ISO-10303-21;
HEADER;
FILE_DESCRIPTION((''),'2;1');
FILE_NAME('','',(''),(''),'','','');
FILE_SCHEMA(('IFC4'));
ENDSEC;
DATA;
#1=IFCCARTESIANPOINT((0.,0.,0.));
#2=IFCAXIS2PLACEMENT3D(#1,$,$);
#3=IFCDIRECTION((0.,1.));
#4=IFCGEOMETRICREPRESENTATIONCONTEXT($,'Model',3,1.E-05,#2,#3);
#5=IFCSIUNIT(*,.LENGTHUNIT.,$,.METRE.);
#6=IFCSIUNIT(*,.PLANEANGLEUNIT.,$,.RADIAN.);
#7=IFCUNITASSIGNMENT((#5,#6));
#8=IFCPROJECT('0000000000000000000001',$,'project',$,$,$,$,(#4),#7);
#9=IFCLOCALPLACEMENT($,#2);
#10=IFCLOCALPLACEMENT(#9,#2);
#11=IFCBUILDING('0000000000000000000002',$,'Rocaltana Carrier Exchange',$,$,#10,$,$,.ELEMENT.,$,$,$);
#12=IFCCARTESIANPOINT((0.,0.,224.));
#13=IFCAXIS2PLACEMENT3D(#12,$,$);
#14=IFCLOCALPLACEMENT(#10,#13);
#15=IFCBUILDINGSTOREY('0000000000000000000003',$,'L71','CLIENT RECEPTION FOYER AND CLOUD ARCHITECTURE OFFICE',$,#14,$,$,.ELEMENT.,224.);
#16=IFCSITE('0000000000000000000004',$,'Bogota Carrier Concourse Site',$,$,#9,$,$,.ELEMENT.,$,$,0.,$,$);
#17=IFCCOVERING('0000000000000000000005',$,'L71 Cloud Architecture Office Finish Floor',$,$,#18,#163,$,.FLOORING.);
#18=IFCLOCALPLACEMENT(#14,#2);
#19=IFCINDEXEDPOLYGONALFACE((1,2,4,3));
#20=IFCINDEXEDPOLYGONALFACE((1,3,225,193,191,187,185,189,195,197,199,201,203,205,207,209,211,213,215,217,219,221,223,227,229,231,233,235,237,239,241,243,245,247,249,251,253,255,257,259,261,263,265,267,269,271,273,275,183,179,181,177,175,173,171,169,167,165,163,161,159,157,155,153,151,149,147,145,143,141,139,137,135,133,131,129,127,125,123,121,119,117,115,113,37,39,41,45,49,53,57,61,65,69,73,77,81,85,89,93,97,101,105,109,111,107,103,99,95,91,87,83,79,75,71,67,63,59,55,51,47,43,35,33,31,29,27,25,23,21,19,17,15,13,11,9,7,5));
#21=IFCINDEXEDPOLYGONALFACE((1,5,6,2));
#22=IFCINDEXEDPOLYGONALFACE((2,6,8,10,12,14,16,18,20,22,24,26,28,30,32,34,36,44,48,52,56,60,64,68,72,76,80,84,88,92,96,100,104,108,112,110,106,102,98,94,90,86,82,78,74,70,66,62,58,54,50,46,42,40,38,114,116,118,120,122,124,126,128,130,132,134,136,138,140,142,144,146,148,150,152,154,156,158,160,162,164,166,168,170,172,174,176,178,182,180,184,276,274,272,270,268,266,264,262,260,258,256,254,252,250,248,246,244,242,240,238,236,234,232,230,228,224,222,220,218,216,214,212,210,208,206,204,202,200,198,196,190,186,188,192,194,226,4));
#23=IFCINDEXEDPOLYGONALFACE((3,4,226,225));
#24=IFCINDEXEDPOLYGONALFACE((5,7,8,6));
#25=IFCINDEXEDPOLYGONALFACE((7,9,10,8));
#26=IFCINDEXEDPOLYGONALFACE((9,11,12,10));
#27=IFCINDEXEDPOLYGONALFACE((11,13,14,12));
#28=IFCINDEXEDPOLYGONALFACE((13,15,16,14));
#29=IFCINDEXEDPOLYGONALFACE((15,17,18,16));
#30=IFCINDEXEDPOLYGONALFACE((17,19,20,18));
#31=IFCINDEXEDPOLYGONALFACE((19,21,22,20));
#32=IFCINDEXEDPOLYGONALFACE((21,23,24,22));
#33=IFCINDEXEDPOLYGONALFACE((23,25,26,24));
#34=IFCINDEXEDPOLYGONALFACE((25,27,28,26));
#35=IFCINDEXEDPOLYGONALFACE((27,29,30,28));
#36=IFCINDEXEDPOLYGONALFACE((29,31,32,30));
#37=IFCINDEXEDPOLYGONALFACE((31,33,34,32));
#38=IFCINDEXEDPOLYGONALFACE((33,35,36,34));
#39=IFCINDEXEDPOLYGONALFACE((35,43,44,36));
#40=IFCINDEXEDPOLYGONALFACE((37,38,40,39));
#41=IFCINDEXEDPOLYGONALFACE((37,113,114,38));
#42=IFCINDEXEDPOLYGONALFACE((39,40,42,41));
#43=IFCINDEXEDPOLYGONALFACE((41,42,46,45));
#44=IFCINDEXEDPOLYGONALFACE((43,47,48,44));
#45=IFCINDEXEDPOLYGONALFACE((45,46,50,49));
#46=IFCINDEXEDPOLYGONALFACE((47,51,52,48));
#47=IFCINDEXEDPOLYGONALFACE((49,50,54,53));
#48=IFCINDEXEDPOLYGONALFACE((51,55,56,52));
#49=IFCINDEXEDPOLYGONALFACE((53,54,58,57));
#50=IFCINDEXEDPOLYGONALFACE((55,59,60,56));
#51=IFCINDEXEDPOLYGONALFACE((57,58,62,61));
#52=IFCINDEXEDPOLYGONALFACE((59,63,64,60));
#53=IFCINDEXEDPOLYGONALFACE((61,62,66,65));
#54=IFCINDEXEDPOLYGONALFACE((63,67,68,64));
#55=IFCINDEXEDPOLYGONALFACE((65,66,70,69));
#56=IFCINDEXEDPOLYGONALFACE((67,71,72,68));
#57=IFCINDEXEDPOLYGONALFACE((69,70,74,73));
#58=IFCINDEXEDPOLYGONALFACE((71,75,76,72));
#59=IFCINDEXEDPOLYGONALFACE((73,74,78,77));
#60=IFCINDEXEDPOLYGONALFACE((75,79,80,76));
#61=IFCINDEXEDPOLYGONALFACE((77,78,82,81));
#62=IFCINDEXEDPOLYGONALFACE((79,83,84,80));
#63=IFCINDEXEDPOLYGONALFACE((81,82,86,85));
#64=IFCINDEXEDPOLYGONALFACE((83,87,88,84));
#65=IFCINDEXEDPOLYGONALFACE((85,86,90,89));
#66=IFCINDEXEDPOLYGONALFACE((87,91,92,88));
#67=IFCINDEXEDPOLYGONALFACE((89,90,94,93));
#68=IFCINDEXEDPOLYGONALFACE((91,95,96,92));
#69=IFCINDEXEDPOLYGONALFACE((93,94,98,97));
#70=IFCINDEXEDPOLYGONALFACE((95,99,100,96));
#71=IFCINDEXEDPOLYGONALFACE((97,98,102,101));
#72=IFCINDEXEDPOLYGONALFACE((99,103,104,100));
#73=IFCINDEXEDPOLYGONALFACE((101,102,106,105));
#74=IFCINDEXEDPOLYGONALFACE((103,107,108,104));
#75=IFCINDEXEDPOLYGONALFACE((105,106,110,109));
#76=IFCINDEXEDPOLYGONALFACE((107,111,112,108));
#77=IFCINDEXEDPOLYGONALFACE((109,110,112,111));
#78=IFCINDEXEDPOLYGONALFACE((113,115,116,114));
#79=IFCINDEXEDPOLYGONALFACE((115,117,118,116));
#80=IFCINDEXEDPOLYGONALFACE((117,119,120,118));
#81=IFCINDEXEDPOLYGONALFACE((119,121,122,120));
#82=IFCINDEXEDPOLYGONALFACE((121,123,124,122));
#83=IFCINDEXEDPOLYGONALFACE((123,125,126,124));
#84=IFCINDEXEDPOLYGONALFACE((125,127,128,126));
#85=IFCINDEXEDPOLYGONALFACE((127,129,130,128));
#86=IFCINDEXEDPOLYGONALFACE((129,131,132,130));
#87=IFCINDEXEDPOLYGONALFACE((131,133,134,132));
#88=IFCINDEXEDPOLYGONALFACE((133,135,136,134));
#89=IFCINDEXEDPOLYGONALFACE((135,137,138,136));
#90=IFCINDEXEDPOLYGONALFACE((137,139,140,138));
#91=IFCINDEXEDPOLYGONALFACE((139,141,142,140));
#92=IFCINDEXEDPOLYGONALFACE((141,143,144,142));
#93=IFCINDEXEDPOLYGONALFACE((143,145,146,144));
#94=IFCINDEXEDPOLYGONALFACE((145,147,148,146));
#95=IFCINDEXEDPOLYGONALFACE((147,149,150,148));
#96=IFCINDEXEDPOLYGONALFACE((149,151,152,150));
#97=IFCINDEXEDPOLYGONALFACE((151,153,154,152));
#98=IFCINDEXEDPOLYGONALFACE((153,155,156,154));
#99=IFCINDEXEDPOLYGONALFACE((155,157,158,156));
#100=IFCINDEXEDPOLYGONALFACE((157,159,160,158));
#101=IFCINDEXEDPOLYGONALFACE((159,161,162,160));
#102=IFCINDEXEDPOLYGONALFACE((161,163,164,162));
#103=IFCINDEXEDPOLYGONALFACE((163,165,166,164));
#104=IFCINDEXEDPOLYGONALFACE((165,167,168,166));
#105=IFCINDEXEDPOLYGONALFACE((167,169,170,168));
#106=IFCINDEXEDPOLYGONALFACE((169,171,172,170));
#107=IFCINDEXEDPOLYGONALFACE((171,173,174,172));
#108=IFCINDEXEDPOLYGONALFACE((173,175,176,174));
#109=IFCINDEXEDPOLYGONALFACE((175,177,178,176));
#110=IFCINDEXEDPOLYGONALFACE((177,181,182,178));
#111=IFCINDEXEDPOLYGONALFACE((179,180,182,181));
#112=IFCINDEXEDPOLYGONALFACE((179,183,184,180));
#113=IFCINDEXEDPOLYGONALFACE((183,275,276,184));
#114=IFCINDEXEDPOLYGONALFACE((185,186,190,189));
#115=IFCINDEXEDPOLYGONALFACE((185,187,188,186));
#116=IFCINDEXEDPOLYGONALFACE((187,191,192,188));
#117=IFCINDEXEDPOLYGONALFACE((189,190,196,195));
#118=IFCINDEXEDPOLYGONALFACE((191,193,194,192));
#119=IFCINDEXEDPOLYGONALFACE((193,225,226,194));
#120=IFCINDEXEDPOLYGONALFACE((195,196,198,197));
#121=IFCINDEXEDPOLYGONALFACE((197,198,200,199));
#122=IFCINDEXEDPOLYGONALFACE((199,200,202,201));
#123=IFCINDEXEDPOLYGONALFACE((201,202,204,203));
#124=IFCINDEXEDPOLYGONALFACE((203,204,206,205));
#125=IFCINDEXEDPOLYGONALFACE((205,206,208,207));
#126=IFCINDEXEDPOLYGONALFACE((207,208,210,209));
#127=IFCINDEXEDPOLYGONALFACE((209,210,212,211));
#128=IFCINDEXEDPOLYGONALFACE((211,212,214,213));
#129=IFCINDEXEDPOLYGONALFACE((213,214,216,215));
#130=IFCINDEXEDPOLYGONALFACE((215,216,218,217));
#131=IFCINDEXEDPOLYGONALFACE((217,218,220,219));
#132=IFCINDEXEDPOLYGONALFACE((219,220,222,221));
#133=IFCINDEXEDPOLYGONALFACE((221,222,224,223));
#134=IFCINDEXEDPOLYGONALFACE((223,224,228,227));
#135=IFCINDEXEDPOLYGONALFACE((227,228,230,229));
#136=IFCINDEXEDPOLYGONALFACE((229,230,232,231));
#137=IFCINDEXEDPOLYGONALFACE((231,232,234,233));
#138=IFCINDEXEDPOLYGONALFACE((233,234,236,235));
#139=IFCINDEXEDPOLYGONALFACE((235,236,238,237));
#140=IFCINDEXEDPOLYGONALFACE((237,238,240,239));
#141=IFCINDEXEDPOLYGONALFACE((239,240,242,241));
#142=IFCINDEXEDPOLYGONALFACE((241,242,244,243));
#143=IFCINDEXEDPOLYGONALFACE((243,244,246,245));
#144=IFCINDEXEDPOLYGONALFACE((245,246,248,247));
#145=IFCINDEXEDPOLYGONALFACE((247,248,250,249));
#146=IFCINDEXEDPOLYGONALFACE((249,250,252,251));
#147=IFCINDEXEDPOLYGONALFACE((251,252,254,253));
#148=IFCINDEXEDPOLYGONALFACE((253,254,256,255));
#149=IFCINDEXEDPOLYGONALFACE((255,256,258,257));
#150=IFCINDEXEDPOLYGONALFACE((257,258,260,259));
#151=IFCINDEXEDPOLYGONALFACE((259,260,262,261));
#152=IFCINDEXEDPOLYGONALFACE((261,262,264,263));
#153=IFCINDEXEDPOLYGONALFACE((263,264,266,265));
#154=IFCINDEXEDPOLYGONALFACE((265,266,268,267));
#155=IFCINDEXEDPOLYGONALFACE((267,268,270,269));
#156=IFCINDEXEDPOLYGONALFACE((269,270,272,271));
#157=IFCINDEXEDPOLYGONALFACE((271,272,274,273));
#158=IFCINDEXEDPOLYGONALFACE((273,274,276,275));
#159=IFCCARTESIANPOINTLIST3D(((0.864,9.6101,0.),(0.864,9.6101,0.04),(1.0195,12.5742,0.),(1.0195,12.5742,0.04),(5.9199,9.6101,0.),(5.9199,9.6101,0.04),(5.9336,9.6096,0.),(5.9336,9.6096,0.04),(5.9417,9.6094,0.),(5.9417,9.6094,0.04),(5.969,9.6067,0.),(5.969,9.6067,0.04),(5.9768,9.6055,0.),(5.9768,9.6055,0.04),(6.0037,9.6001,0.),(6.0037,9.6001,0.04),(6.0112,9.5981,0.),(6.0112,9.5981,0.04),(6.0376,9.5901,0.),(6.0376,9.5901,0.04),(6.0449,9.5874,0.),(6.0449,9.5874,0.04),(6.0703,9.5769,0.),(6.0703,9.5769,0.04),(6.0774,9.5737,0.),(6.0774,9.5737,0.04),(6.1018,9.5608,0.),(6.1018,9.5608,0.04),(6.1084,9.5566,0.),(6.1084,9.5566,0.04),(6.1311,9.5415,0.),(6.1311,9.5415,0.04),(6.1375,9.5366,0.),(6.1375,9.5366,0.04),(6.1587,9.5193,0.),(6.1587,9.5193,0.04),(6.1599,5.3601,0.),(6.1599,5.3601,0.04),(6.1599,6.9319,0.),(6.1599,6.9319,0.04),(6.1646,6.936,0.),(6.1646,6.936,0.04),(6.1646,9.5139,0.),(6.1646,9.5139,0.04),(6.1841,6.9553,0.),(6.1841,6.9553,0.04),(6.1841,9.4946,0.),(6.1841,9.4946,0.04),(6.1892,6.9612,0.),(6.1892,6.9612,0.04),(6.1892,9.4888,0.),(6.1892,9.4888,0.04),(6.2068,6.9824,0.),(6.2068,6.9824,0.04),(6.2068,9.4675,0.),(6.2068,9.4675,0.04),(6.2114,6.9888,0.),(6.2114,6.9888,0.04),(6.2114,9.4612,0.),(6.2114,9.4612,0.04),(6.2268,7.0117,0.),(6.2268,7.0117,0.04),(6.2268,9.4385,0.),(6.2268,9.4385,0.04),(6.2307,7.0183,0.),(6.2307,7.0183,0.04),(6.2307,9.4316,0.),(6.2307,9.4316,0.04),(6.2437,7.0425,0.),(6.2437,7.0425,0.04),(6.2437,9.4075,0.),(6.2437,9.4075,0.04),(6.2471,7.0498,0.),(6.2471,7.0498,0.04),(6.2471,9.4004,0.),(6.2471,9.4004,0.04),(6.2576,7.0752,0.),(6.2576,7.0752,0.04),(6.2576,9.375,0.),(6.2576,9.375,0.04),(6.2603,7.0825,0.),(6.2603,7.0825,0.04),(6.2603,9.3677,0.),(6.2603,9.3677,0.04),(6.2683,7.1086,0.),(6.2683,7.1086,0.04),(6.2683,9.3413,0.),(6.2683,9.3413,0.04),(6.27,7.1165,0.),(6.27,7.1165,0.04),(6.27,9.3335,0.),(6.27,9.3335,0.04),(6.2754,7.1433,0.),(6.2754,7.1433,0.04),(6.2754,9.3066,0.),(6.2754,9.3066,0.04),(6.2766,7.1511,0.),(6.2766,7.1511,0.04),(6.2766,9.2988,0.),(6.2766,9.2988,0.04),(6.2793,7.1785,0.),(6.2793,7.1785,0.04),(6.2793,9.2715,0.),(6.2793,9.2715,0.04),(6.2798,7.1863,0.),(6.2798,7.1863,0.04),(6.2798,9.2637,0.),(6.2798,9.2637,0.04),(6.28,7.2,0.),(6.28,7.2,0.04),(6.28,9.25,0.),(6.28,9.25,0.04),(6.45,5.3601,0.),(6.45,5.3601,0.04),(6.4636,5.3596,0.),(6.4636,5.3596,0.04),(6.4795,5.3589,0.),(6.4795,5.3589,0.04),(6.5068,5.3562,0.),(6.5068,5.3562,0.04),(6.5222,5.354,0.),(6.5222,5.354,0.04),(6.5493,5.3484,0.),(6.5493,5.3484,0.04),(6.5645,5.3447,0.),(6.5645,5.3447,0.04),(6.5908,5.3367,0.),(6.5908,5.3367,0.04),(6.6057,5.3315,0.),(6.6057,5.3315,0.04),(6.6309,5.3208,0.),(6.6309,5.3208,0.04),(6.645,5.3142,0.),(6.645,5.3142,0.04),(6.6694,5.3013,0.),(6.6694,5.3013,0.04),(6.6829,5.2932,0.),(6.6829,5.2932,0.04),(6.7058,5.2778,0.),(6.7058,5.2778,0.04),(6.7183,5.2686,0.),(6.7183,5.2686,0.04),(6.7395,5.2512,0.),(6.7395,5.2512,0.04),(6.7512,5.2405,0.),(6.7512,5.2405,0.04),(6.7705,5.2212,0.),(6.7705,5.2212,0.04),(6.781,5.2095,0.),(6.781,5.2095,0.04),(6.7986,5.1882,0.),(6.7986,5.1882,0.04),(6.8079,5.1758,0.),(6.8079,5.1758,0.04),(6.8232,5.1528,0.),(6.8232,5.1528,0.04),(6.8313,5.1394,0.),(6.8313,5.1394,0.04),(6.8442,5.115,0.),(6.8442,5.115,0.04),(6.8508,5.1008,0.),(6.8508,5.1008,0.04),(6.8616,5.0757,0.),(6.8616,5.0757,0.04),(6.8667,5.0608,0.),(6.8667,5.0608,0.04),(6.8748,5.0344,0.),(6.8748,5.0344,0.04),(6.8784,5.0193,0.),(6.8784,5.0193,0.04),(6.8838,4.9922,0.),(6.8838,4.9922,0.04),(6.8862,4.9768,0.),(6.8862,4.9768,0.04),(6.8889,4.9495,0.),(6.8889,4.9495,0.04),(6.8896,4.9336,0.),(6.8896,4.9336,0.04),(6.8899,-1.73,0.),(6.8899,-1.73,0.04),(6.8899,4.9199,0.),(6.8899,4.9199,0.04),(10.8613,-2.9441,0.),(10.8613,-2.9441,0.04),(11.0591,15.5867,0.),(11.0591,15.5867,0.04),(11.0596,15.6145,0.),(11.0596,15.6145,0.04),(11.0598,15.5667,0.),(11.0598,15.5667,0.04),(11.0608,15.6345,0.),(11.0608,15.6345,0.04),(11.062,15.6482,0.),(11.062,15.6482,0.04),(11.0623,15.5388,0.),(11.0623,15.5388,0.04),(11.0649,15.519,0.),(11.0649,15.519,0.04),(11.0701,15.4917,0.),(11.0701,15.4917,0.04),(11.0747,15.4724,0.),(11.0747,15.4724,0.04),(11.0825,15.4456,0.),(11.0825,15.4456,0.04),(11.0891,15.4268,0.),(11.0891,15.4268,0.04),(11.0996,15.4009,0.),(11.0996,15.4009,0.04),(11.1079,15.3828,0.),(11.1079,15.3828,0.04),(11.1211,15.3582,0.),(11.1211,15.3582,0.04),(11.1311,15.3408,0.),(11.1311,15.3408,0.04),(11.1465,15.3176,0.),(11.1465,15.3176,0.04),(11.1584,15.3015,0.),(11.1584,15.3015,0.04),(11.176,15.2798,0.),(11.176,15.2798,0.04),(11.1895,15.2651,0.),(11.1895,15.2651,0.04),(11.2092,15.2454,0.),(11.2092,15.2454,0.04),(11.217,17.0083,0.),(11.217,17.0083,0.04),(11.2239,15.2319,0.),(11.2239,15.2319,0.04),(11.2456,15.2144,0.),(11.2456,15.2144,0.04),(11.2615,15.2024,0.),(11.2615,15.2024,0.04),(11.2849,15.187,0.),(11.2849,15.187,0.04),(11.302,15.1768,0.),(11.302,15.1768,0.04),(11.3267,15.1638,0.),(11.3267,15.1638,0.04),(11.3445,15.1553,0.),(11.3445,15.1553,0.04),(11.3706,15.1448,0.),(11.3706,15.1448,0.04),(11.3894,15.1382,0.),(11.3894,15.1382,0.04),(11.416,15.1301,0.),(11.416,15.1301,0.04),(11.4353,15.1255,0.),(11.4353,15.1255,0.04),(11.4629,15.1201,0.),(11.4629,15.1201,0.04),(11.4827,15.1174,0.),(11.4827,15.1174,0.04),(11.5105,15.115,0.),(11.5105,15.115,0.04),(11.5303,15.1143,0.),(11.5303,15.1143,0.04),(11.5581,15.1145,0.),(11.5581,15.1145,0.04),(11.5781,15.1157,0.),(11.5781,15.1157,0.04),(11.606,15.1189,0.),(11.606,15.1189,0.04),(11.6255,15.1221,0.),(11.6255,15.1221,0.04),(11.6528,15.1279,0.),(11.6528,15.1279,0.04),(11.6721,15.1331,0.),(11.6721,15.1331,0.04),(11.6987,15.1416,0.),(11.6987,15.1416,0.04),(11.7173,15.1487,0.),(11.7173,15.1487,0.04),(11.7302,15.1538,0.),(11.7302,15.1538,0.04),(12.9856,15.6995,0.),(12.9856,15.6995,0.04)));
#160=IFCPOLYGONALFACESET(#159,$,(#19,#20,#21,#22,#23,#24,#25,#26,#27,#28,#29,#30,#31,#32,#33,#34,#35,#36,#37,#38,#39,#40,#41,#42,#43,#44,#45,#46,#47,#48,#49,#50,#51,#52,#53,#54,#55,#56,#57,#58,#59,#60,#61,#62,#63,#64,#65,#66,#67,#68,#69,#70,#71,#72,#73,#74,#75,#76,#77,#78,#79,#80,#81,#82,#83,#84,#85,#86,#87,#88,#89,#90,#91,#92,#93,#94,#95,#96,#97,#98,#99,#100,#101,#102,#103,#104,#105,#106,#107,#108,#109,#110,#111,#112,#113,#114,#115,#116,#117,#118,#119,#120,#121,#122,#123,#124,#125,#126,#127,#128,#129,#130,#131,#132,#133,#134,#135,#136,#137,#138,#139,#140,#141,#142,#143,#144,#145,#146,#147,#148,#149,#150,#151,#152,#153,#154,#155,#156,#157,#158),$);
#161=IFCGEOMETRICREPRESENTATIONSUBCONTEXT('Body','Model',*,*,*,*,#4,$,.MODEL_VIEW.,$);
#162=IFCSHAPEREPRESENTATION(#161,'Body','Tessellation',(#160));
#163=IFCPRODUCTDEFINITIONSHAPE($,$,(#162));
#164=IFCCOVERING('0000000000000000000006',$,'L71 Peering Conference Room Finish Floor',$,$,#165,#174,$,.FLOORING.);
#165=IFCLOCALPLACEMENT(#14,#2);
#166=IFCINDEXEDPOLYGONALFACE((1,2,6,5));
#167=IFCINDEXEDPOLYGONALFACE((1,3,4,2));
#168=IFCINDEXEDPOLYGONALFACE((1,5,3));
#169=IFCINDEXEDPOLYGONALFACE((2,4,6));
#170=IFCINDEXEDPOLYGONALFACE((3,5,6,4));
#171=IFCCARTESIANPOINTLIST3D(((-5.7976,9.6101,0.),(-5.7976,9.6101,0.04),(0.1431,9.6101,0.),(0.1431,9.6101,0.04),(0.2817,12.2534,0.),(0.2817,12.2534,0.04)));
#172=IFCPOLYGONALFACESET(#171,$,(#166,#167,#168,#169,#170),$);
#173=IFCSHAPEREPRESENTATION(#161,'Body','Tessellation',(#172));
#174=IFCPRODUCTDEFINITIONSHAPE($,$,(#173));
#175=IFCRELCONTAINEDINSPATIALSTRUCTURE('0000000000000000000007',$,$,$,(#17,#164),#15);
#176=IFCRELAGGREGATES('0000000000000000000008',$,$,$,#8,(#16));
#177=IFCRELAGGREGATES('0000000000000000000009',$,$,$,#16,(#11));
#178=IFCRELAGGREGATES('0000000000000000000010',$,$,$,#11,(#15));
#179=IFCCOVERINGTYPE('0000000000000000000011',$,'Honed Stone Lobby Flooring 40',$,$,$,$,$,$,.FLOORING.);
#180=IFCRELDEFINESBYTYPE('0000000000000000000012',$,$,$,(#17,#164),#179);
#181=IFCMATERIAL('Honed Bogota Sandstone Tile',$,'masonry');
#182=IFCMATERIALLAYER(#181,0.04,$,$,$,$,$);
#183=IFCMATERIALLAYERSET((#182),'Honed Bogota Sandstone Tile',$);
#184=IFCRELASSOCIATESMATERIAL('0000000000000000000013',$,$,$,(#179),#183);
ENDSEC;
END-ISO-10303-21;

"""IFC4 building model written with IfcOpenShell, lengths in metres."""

from ifc_helpers import new_model, si_unit, direction, frame, origin, place, context, subcontext, project, spatial, polyline, outline, extrude, material, layer, layer_set, type_object, element, save


model = new_model("IFC4")

# Units and contexts
model_context = context("Model", 3, precision=1e-05, world=origin(), true_north=direction((0.0, 1.0)))
body_context = subcontext(model_context, "Body", "Model", "MODEL_VIEW")
ifc_project = project(units=[si_unit("LENGTHUNIT", "METRE"), si_unit("PLANEANGLEUNIT", "RADIAN")], contexts=[model_context])

# Site, building, storey
site_placement = place(None, origin())
site = spatial("IfcSite", under=ifc_project, at=site_placement, Name="Bogota Carrier Concourse Site", CompositionType="ELEMENT", RefElevation=0.0)
building_placement = place(site_placement, origin())
building = spatial("IfcBuilding", under=site, at=building_placement, Name="Rocaltana Carrier Exchange", CompositionType="ELEMENT")
storey_placement = place(building_placement, frame((0.0, 0.0, 224.0)))
storey = spatial("IfcBuildingStorey", under=building, at=storey_placement, Name="L71", Description="CLIENT RECEPTION FOYER AND CLOUD ARCHITECTURE OFFICE", CompositionType="ELEMENT", Elevation=224.0)

# Coverings
ifc_material_1 = material(Name="Honed Bogota Sandstone Tile", Category="masonry")
ifc_layer_1 = layer(ifc_material_1, 0.04)
ifc_layer_set_1 = layer_set([ifc_layer_1], Name="Honed Bogota Sandstone Tile")
covering_type_1 = type_object("IfcCoveringType", Name="Honed Stone Lobby Flooring 40", PredefinedType="FLOORING", material=ifc_layer_set_1)
covering_1_placement = place(storey_placement, origin())
element("IfcCovering", 1, at=covering_1_placement, inside=storey, type_object=covering_type_1, Name="L71 Cloud Architecture Office Finish Floor", PredefinedType="FLOORING", context=body_context, shape_type="SweptSolid", body=[
    extrude(outline(polyline([(6.1599, 6.9319), (6.1646, 6.936), (6.1841, 6.9553), (6.1892, 6.9612), (6.2068, 6.9824), (6.2114, 6.9888), (6.2268, 7.0117), (6.2307, 7.0183), (6.2437, 7.0425), (6.2471, 7.0498), (6.2576, 7.0752), (6.2603, 7.0825), (6.2683, 7.1086), (6.27, 7.1165), (6.2754, 7.1433), (6.2766, 7.1511), (6.2793, 7.1785), (6.2798, 7.1863), (6.28, 7.2), (6.28, 9.25), (6.2798, 9.2637), (6.2793, 9.2715), (6.2766, 9.2988), (6.2754, 9.3066), (6.27, 9.3335), (6.2683, 9.3413), (6.2603, 9.3677), (6.2576, 9.375), (6.2471, 9.4004), (6.2437, 9.4075), (6.2307, 9.4316), (6.2268, 9.4385), (6.2114, 9.4612), (6.2068, 9.4675), (6.1892, 9.4888), (6.1841, 9.4946), (6.1646, 9.5139), (6.1587, 9.5193), (6.1375, 9.5366), (6.1311, 9.5415), (6.1084, 9.5566), (6.1018, 9.5608), (6.0774, 9.5737), (6.0703, 9.5769), (6.0449, 9.5874), (6.0376, 9.5901), (6.0112, 9.5981), (6.0037, 9.6001), (5.9768, 9.6055), (5.969, 9.6067), (5.9417, 9.6094), (5.9336, 9.6096), (5.9199, 9.6101), (0.864, 9.6101), (1.0195, 12.5742), (11.217, 17.0083), (11.062, 15.6482), (11.0608, 15.6345), (11.0596, 15.6145), (11.0591, 15.5867), (11.0598, 15.5667), (11.0623, 15.5388), (11.0649, 15.519), (11.0701, 15.4917), (11.0747, 15.4724), (11.0825, 15.4456), (11.0891, 15.4268), (11.0996, 15.4009), (11.1079, 15.3828), (11.1211, 15.3582), (11.1311, 15.3408), (11.1465, 15.3176), (11.1584, 15.3015), (11.176, 15.2798), (11.1895, 15.2651), (11.2092, 15.2454), (11.2239, 15.2319), (11.2456, 15.2144), (11.2615, 15.2024), (11.2849, 15.187), (11.302, 15.1768), (11.3267, 15.1638), (11.3445, 15.1553), (11.3706, 15.1448), (11.3894, 15.1382), (11.416, 15.1301), (11.4353, 15.1255), (11.4629, 15.1201), (11.4827, 15.1174), (11.5105, 15.115), (11.5303, 15.1143), (11.5581, 15.1145), (11.5781, 15.1157), (11.606, 15.1189), (11.6255, 15.1221), (11.6528, 15.1279), (11.6721, 15.1331), (11.6987, 15.1416), (11.7173, 15.1487), (11.7302, 15.1538), (12.9856, 15.6995), (10.8613, -2.9441), (6.8899, -1.73), (6.8899, 4.9199), (6.8896, 4.9336), (6.8889, 4.9495), (6.8862, 4.9768), (6.8838, 4.9922), (6.8784, 5.0193), (6.8748, 5.0344), (6.8667, 5.0608), (6.8616, 5.0757), (6.8508, 5.1008), (6.8442, 5.115), (6.8313, 5.1394), (6.8232, 5.1528), (6.8079, 5.1758), (6.7986, 5.1882), (6.781, 5.2095), (6.7705, 5.2212), (6.7512, 5.2405), (6.7395, 5.2512), (6.7183, 5.2686), (6.7058, 5.2778), (6.6829, 5.2932), (6.6694, 5.3013), (6.645, 5.3142), (6.6309, 5.3208), (6.6057, 5.3315), (6.5908, 5.3367), (6.5645, 5.3447), (6.5493, 5.3484), (6.5222, 5.354), (6.5068, 5.3562), (6.4795, 5.3589), (6.4636, 5.3596), (6.45, 5.3601), (6.1599, 5.3601), (6.1599, 6.9319)])), origin(), (0.0, 0.0, 1.0), 0.04),
])
covering_2_placement = place(storey_placement, origin())
element("IfcCovering", 2, at=covering_2_placement, inside=storey, type_object=covering_type_1, Name="L71 Peering Conference Room Finish Floor", PredefinedType="FLOORING", context=body_context, shape_type="SweptSolid", body=[
    extrude(outline(polyline([(-5.7976, 9.6101), (0.2817, 12.2534), (0.1431, 9.6101), (-5.7976, 9.6101)])), origin(), (0.0, 0.0, 1.0), 0.04),
])

save(model, "model.ifc")
